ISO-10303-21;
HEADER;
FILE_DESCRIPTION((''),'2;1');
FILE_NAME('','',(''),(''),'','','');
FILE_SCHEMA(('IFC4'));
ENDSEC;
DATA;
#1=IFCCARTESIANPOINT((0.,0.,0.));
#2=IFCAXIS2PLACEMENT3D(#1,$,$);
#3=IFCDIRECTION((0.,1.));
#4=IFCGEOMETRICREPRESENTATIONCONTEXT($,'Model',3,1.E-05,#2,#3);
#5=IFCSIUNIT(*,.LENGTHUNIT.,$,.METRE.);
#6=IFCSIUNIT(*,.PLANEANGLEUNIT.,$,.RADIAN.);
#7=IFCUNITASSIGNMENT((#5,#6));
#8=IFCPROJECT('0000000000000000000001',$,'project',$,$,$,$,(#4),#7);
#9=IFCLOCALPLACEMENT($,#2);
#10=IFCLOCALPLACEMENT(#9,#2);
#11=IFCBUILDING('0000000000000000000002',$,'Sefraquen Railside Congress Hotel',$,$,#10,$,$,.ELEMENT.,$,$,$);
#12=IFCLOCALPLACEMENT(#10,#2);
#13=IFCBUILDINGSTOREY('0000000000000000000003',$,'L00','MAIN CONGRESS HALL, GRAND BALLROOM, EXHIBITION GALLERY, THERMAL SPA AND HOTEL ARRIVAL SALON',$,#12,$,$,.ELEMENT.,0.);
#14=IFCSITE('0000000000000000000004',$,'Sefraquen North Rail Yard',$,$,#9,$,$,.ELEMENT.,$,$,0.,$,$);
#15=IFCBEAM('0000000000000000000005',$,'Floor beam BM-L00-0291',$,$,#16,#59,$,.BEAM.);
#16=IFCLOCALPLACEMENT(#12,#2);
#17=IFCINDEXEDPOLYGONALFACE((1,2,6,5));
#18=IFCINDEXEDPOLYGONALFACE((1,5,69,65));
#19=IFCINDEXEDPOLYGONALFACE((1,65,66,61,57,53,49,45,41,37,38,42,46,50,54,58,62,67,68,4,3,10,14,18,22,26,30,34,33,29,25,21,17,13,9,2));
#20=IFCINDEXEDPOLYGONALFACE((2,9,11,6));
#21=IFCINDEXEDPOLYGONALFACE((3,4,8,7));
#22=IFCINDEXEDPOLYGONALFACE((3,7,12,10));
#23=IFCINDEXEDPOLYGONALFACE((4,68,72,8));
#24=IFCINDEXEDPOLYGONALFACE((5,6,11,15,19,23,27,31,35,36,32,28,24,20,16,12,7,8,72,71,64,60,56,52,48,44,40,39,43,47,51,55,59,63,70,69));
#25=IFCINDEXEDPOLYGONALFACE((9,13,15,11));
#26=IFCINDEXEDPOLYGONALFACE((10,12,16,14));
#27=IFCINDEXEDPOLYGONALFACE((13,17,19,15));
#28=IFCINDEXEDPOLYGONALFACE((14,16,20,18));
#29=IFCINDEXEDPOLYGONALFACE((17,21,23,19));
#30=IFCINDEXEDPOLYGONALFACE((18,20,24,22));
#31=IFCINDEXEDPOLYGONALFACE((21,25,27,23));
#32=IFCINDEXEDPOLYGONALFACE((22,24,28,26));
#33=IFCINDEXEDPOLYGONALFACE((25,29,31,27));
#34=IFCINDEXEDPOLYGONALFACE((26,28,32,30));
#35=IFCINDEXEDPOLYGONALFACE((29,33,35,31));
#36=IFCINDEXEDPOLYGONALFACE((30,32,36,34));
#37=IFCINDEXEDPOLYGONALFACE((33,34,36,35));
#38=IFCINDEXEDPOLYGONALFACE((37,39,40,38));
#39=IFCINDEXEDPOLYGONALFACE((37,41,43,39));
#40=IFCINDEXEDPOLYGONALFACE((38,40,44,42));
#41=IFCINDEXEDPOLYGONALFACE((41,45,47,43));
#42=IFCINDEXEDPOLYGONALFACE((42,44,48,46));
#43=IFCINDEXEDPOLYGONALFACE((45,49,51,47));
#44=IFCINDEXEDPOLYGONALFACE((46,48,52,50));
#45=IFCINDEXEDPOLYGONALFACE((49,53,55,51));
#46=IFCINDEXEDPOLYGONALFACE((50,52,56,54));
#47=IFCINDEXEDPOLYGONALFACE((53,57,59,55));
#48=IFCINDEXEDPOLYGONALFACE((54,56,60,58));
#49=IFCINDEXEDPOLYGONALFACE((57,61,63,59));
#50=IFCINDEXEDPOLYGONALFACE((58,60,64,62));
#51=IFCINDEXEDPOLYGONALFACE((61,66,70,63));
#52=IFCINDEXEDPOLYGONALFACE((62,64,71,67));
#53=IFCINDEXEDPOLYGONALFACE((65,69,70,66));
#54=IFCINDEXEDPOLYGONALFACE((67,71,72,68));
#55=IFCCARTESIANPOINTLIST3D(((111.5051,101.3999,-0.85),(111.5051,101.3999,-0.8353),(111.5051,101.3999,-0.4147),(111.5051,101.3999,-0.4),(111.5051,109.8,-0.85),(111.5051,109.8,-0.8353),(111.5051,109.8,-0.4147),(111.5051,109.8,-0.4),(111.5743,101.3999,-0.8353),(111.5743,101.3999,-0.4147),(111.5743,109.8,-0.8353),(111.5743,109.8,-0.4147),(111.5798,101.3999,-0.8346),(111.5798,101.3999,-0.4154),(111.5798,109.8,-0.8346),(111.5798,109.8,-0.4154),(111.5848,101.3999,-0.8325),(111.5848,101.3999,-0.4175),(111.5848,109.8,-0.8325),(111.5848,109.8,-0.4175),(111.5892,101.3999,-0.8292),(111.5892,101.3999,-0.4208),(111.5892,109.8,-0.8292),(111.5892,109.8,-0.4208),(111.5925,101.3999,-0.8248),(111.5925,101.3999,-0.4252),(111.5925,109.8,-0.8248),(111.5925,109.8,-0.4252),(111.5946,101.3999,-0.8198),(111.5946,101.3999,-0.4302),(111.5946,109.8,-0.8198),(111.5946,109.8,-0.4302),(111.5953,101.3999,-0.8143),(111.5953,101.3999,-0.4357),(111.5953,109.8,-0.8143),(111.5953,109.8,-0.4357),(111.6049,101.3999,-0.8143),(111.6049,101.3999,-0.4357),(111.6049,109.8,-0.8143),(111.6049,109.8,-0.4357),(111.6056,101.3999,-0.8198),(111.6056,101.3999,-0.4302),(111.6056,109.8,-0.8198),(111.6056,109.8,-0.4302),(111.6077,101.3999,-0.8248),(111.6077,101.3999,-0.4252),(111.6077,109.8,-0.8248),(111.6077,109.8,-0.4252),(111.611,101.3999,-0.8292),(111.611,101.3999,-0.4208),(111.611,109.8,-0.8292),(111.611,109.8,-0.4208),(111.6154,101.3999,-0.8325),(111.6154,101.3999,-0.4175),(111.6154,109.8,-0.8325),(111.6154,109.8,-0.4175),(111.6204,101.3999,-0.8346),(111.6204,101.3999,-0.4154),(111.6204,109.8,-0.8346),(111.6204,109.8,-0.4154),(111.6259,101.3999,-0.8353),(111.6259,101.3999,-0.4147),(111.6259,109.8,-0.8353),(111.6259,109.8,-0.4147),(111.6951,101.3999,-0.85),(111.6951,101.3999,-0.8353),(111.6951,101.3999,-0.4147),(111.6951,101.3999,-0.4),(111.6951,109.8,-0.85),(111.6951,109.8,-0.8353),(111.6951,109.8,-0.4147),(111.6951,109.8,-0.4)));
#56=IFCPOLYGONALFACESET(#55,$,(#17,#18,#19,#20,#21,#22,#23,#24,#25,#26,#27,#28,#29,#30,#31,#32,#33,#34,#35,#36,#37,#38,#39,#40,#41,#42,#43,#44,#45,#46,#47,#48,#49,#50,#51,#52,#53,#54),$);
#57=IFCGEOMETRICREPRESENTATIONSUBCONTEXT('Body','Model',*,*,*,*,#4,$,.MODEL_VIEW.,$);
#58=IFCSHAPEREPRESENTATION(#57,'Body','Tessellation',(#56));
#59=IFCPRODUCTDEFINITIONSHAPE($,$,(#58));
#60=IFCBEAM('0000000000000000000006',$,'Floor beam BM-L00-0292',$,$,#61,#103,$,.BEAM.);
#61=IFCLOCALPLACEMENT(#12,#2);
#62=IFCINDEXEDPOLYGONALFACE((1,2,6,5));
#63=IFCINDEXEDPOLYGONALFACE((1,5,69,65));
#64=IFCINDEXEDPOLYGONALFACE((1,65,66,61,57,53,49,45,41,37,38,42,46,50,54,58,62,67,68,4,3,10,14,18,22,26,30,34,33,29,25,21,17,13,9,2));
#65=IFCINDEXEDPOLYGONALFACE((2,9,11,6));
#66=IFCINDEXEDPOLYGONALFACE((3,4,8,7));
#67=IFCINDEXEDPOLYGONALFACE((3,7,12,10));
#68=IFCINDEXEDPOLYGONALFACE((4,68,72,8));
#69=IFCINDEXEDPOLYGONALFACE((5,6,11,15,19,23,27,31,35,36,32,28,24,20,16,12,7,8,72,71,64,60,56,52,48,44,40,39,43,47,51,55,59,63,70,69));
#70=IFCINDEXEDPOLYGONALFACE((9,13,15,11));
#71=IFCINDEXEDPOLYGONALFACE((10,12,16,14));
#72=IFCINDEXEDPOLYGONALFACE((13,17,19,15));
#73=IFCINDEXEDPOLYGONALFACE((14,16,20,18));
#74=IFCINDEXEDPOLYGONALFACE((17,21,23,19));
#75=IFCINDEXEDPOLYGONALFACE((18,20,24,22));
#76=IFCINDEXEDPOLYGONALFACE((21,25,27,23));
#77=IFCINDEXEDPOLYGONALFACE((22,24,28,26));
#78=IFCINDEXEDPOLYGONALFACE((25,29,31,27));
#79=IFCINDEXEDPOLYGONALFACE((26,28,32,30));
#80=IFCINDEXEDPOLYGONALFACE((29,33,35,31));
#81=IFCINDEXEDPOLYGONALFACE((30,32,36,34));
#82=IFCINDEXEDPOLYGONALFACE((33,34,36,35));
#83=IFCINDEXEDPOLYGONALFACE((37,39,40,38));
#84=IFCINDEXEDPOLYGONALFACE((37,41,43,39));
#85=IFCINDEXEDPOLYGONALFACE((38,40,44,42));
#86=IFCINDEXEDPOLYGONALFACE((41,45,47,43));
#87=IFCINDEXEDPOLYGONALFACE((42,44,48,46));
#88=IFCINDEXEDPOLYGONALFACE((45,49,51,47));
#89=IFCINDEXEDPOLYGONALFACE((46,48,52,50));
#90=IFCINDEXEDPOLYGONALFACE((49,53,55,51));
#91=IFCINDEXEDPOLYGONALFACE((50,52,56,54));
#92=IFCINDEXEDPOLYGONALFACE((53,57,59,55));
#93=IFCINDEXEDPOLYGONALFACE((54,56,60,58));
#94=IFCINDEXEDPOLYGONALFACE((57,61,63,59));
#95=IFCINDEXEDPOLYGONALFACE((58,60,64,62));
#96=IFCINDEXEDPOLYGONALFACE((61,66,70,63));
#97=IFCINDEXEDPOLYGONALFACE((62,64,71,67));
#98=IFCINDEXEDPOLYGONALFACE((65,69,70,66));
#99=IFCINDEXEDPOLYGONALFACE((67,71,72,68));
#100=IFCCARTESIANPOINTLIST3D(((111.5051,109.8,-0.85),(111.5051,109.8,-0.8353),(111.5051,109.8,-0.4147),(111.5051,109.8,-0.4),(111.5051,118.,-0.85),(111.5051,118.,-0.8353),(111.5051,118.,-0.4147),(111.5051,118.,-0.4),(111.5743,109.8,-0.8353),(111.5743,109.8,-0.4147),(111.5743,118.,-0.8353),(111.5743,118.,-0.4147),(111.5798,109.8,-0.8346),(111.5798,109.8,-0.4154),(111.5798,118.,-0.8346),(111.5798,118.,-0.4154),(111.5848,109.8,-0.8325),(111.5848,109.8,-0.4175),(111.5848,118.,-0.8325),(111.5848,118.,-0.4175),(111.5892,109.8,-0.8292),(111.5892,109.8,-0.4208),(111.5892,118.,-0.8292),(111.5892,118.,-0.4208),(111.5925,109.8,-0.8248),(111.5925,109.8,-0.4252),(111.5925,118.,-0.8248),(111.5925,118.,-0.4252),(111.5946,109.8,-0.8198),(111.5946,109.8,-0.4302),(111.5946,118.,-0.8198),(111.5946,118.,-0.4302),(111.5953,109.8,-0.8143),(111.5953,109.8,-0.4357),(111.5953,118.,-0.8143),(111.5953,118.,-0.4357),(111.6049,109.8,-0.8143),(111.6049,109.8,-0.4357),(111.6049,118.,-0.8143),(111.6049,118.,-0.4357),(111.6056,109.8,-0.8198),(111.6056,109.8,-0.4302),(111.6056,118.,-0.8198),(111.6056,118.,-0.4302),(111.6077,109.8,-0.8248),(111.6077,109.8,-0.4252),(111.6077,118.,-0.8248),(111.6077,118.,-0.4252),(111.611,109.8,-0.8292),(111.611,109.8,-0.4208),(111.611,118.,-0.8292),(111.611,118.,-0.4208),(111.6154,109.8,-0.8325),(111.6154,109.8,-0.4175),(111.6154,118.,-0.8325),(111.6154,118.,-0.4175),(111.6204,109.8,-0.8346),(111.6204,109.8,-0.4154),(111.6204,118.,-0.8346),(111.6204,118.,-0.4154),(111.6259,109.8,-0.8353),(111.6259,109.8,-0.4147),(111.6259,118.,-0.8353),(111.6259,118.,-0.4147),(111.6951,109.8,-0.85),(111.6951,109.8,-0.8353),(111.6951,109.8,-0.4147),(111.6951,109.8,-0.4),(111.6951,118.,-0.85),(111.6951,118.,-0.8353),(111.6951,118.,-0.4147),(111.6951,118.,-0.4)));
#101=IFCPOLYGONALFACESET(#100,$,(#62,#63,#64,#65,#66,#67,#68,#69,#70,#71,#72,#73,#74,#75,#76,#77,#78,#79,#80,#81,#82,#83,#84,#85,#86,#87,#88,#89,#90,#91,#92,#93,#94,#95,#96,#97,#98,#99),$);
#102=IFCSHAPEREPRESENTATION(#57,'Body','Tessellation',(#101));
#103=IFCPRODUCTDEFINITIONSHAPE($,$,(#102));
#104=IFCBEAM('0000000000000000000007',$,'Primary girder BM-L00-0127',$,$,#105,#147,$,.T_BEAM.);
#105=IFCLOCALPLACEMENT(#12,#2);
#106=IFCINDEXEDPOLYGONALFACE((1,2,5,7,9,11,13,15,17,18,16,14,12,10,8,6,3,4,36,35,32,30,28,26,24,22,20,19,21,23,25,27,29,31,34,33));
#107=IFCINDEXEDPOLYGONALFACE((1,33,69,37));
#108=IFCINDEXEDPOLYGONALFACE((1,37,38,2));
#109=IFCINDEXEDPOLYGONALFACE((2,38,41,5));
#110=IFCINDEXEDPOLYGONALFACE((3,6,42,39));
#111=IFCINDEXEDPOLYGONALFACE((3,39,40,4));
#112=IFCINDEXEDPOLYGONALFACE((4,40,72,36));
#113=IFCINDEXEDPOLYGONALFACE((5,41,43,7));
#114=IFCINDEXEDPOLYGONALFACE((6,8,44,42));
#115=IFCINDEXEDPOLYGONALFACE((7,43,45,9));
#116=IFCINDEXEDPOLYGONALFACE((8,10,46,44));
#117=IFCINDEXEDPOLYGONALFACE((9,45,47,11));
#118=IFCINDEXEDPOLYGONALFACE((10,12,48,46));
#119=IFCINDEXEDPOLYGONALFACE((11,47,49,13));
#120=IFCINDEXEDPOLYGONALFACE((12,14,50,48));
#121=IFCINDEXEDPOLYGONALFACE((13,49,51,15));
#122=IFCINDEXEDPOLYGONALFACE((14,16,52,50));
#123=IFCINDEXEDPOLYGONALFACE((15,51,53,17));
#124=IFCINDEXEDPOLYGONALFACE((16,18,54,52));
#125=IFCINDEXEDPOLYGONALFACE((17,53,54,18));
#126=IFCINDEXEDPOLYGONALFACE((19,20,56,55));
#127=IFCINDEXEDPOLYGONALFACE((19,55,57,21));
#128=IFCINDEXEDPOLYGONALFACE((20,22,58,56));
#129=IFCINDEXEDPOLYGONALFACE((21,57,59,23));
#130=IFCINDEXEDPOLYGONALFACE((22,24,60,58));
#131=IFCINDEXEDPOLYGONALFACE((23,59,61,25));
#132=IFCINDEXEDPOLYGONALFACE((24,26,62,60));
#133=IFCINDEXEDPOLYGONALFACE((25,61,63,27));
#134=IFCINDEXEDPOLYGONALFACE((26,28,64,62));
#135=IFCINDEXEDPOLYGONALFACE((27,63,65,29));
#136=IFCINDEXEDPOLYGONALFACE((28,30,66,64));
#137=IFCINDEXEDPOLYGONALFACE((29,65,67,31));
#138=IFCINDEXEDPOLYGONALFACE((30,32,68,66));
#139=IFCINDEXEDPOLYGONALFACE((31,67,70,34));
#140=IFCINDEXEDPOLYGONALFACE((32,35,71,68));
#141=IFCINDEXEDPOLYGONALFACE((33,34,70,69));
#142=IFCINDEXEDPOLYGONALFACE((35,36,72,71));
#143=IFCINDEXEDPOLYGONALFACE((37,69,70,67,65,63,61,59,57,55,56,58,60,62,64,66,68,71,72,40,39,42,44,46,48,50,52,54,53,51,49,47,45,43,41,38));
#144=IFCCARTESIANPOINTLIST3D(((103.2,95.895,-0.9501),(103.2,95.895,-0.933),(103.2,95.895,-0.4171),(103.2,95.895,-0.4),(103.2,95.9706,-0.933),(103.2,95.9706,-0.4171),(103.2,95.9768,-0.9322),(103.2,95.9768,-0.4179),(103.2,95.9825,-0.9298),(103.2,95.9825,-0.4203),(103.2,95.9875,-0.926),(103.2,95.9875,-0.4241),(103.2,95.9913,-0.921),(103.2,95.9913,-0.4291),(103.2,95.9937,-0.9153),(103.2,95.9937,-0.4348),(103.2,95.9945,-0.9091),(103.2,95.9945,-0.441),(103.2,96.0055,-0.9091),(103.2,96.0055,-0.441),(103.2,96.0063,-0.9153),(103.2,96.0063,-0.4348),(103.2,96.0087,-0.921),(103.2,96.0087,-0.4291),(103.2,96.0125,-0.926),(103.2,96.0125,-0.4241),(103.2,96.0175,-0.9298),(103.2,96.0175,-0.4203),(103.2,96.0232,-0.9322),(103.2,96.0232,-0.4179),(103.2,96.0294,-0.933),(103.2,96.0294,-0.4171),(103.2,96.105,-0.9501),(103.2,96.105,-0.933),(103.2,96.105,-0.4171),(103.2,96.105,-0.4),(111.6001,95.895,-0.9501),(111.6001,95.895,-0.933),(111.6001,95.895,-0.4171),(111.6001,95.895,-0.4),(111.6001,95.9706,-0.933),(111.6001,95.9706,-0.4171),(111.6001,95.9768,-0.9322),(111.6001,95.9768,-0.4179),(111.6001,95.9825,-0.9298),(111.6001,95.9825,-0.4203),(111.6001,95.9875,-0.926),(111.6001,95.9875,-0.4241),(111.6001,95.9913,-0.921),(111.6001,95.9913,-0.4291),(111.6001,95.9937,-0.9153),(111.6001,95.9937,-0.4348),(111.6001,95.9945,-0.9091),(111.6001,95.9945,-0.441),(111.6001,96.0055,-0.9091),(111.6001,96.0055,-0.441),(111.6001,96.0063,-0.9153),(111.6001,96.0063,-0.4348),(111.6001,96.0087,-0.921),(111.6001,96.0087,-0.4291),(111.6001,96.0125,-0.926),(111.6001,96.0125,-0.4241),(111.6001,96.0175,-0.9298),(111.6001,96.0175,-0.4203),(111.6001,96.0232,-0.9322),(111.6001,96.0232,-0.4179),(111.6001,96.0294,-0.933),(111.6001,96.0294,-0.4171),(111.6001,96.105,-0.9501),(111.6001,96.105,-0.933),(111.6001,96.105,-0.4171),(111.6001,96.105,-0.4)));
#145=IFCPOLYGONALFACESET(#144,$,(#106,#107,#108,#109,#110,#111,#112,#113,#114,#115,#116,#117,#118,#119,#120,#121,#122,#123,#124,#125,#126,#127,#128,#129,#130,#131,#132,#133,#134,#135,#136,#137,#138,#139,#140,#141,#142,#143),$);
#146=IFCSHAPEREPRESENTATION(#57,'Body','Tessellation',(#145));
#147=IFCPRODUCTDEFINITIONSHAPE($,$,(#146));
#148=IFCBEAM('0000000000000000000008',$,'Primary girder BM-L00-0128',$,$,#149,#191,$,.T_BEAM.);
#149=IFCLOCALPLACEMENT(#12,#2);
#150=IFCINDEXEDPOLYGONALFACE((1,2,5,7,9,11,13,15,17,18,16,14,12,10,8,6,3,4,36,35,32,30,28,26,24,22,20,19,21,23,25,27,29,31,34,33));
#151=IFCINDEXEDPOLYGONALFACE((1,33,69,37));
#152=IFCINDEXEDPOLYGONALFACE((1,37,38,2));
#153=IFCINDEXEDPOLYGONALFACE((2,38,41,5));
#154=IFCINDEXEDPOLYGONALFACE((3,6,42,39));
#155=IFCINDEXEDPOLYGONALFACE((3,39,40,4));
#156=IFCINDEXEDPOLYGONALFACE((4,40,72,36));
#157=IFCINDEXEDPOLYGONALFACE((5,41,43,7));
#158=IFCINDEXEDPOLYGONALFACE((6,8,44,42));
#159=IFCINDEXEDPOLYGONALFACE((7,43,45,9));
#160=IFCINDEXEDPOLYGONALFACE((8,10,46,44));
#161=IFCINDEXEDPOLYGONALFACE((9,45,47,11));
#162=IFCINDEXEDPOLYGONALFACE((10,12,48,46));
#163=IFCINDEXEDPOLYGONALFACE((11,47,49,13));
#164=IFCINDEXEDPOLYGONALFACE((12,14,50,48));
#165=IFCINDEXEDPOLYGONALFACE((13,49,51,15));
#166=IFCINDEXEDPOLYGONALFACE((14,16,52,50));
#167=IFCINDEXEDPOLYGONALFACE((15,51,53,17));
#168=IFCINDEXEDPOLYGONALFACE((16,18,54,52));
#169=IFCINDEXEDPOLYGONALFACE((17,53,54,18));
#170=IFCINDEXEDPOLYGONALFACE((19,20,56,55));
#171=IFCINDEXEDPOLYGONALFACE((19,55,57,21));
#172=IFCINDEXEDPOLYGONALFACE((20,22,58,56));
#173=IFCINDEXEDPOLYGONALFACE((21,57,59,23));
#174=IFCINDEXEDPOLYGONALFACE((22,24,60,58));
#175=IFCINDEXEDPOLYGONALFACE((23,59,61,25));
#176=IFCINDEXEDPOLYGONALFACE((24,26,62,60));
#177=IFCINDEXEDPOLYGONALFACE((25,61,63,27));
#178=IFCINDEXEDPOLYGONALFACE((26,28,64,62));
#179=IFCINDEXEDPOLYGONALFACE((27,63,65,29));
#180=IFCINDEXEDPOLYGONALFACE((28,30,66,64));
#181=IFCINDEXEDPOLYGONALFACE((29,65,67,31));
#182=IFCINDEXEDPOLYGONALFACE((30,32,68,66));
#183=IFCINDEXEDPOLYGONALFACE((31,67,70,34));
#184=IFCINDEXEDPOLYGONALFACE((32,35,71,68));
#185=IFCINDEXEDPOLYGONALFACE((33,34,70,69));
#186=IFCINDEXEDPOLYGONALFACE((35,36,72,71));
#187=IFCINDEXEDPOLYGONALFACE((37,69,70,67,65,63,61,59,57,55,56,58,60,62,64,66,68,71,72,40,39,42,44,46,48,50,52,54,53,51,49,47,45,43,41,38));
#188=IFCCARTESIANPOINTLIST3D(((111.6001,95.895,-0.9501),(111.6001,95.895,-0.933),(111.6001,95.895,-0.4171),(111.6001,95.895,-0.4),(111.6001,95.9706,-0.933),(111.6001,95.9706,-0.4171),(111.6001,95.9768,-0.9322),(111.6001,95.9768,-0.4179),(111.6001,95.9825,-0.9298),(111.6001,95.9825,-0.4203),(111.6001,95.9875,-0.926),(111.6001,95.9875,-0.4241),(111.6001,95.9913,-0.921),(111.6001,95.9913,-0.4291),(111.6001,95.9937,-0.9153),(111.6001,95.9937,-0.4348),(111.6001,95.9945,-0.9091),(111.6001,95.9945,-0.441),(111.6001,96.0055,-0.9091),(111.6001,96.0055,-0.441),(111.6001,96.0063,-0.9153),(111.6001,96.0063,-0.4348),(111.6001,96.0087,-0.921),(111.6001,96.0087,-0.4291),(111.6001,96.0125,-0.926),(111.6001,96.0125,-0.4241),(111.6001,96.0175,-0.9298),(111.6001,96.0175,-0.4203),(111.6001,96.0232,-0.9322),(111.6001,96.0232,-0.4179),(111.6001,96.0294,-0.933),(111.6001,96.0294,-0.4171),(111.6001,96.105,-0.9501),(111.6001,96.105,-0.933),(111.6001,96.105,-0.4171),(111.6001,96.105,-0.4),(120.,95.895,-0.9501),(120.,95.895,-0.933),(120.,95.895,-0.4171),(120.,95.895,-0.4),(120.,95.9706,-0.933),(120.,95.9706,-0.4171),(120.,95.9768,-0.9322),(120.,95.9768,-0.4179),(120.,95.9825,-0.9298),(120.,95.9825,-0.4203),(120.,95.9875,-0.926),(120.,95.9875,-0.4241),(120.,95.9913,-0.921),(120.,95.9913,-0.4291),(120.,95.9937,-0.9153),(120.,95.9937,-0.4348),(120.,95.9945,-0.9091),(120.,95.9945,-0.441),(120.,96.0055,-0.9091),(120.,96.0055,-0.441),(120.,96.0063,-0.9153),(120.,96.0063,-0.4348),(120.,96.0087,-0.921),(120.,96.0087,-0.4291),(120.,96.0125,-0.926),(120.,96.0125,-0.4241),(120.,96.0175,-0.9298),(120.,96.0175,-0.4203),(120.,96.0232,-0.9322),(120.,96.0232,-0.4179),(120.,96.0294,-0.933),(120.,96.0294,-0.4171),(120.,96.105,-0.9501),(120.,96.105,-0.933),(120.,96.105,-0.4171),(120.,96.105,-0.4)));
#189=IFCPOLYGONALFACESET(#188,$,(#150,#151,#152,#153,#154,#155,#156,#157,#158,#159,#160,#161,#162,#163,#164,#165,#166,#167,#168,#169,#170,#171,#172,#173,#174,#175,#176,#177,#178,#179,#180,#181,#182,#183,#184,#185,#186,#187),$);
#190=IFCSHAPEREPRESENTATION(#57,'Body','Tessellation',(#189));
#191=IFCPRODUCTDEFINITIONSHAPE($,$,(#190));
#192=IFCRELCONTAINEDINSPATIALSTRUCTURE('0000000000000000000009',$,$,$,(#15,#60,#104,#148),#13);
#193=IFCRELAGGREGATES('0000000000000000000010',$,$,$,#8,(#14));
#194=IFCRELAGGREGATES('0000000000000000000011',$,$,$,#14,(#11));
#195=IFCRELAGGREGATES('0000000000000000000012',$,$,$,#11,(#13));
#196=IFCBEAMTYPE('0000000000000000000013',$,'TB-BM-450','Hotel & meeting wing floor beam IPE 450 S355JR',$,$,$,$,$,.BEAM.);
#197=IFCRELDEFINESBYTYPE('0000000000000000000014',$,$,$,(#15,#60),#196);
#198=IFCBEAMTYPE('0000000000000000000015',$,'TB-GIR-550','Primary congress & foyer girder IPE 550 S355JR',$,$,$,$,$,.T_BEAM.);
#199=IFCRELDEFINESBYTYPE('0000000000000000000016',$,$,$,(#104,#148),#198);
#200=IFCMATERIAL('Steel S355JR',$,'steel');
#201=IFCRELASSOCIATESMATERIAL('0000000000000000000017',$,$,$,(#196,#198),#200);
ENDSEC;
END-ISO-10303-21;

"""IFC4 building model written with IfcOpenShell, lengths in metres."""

from ifc_helpers import new_model, si_unit, direction, frame, origin, origin_2d, place, context, subcontext, project, spatial, i_section, extrude, material, material_profile, profile_set, type_object, element, save


model = new_model("IFC4")

# Units and contexts
model_context = context("Model", 3, precision=1e-05, world=origin(), true_north=direction((0.0, 1.0)))
body_context = subcontext(model_context, "Body", "Model", "MODEL_VIEW")
ifc_project = project(units=[si_unit("LENGTHUNIT", "METRE"), si_unit("PLANEANGLEUNIT", "RADIAN")], contexts=[model_context])

# Site, building, storey
site_placement = place(None, origin())
site = spatial("IfcSite", under=ifc_project, at=site_placement, Name="Sefraquen North Rail Yard", CompositionType="ELEMENT", RefElevation=0.0)
building_placement = place(site_placement, origin())
building = spatial("IfcBuilding", under=site, at=building_placement, Name="Sefraquen Railside Congress Hotel", CompositionType="ELEMENT")
storey_placement = place(building_placement, origin())
storey = spatial("IfcBuildingStorey", under=building, at=storey_placement, Name="L00", Description="MAIN CONGRESS HALL, GRAND BALLROOM, EXHIBITION GALLERY, THERMAL SPA AND HOTEL ARRIVAL SALON", CompositionType="ELEMENT", Elevation=0.0)

# Shared definitions
ifc_material_1 = material(Name="Steel S355JR", Category="steel")

# Beams
ifc_material_profile_1 = material_profile(ifc_material_1, i_section(OverallWidth=0.1899, OverallDepth=0.45, WebThickness=0.0095, FlangeThickness=0.0146, FilletRadius=0.021, at=origin_2d()), Name="IPE 450")
ifc_profile_set_1 = profile_set([ifc_material_profile_1], Name="Steel S355JR")
beam_type_1 = type_object("IfcBeamType", Name="TB-BM-450", Description="Hotel & meeting wing floor beam IPE 450 S355JR", PredefinedType="BEAM", material=ifc_profile_set_1)
beam_1_placement = place(storey_placement, frame((111.6001, 101.3999, -0.625), z_axis=(0.0, 1.0, 0.0), x_axis=(-1.0, 0.0, 0.0)))
element("IfcBeam", 1, at=beam_1_placement, inside=storey, type_object=beam_type_1, Name="Floor beam BM-L00-0291", PredefinedType="BEAM", context=body_context, shape_type="SweptSolid", body=[
    extrude(i_section(OverallWidth=0.1899, OverallDepth=0.45, WebThickness=0.0095, FlangeThickness=0.0146, FilletRadius=0.021, at=origin_2d()), origin(), (0.0, 0.0, 1.0), 8.4001),
])
beam_2_placement = place(storey_placement, frame((111.6001, 109.8, -0.625), z_axis=(0.0, 1.0, 0.0), x_axis=(-1.0, 0.0, 0.0)))
element("IfcBeam", 2, at=beam_2_placement, inside=storey, type_object=beam_type_1, Name="Floor beam BM-L00-0292", PredefinedType="BEAM", context=body_context, shape_type="SweptSolid", body=[
    extrude(i_section(OverallWidth=0.1899, OverallDepth=0.45, WebThickness=0.0095, FlangeThickness=0.0146, FilletRadius=0.021, at=origin_2d()), origin(), (0.0, 0.0, 1.0), 8.2),
])
ifc_material_profile_2 = material_profile(ifc_material_1, i_section(OverallWidth=0.21, OverallDepth=0.55, WebThickness=0.011, FlangeThickness=0.0171, FilletRadius=0.0239, at=origin_2d()), Name="IPE 550")
ifc_profile_set_2 = profile_set([ifc_material_profile_2], Name="Steel S355JR")
beam_type_2 = type_object("IfcBeamType", Name="TB-GIR-550", Description="Primary congress & foyer girder IPE 550 S355JR", PredefinedType="T_BEAM", material=ifc_profile_set_2)
beam_3_placement = place(storey_placement, frame((103.2, 96.0, -0.675), z_axis=(1.0, 0.0, 0.0), x_axis=(0.0, 1.0, 0.0)))
element("IfcBeam", 3, at=beam_3_placement, inside=storey, type_object=beam_type_2, Name="Primary girder BM-L00-0127", PredefinedType="T_BEAM", context=body_context, shape_type="SweptSolid", body=[
    extrude(i_section(OverallWidth=0.21, OverallDepth=0.55, WebThickness=0.011, FlangeThickness=0.0171, FilletRadius=0.0239, at=origin_2d()), origin(), (0.0, 0.0, 1.0), 8.4001),
])
beam_4_placement = place(storey_placement, frame((111.6001, 96.0, -0.675), z_axis=(1.0, 0.0, 0.0), x_axis=(0.0, 1.0, 0.0)))
element("IfcBeam", 4, at=beam_4_placement, inside=storey, type_object=beam_type_2, Name="Primary girder BM-L00-0128", PredefinedType="T_BEAM", context=body_context, shape_type="SweptSolid", body=[
    extrude(i_section(OverallWidth=0.21, OverallDepth=0.55, WebThickness=0.011, FlangeThickness=0.0171, FilletRadius=0.0239, at=origin_2d()), origin(), (0.0, 0.0, 1.0), 8.3999),
])

save(model, "model.ifc")
